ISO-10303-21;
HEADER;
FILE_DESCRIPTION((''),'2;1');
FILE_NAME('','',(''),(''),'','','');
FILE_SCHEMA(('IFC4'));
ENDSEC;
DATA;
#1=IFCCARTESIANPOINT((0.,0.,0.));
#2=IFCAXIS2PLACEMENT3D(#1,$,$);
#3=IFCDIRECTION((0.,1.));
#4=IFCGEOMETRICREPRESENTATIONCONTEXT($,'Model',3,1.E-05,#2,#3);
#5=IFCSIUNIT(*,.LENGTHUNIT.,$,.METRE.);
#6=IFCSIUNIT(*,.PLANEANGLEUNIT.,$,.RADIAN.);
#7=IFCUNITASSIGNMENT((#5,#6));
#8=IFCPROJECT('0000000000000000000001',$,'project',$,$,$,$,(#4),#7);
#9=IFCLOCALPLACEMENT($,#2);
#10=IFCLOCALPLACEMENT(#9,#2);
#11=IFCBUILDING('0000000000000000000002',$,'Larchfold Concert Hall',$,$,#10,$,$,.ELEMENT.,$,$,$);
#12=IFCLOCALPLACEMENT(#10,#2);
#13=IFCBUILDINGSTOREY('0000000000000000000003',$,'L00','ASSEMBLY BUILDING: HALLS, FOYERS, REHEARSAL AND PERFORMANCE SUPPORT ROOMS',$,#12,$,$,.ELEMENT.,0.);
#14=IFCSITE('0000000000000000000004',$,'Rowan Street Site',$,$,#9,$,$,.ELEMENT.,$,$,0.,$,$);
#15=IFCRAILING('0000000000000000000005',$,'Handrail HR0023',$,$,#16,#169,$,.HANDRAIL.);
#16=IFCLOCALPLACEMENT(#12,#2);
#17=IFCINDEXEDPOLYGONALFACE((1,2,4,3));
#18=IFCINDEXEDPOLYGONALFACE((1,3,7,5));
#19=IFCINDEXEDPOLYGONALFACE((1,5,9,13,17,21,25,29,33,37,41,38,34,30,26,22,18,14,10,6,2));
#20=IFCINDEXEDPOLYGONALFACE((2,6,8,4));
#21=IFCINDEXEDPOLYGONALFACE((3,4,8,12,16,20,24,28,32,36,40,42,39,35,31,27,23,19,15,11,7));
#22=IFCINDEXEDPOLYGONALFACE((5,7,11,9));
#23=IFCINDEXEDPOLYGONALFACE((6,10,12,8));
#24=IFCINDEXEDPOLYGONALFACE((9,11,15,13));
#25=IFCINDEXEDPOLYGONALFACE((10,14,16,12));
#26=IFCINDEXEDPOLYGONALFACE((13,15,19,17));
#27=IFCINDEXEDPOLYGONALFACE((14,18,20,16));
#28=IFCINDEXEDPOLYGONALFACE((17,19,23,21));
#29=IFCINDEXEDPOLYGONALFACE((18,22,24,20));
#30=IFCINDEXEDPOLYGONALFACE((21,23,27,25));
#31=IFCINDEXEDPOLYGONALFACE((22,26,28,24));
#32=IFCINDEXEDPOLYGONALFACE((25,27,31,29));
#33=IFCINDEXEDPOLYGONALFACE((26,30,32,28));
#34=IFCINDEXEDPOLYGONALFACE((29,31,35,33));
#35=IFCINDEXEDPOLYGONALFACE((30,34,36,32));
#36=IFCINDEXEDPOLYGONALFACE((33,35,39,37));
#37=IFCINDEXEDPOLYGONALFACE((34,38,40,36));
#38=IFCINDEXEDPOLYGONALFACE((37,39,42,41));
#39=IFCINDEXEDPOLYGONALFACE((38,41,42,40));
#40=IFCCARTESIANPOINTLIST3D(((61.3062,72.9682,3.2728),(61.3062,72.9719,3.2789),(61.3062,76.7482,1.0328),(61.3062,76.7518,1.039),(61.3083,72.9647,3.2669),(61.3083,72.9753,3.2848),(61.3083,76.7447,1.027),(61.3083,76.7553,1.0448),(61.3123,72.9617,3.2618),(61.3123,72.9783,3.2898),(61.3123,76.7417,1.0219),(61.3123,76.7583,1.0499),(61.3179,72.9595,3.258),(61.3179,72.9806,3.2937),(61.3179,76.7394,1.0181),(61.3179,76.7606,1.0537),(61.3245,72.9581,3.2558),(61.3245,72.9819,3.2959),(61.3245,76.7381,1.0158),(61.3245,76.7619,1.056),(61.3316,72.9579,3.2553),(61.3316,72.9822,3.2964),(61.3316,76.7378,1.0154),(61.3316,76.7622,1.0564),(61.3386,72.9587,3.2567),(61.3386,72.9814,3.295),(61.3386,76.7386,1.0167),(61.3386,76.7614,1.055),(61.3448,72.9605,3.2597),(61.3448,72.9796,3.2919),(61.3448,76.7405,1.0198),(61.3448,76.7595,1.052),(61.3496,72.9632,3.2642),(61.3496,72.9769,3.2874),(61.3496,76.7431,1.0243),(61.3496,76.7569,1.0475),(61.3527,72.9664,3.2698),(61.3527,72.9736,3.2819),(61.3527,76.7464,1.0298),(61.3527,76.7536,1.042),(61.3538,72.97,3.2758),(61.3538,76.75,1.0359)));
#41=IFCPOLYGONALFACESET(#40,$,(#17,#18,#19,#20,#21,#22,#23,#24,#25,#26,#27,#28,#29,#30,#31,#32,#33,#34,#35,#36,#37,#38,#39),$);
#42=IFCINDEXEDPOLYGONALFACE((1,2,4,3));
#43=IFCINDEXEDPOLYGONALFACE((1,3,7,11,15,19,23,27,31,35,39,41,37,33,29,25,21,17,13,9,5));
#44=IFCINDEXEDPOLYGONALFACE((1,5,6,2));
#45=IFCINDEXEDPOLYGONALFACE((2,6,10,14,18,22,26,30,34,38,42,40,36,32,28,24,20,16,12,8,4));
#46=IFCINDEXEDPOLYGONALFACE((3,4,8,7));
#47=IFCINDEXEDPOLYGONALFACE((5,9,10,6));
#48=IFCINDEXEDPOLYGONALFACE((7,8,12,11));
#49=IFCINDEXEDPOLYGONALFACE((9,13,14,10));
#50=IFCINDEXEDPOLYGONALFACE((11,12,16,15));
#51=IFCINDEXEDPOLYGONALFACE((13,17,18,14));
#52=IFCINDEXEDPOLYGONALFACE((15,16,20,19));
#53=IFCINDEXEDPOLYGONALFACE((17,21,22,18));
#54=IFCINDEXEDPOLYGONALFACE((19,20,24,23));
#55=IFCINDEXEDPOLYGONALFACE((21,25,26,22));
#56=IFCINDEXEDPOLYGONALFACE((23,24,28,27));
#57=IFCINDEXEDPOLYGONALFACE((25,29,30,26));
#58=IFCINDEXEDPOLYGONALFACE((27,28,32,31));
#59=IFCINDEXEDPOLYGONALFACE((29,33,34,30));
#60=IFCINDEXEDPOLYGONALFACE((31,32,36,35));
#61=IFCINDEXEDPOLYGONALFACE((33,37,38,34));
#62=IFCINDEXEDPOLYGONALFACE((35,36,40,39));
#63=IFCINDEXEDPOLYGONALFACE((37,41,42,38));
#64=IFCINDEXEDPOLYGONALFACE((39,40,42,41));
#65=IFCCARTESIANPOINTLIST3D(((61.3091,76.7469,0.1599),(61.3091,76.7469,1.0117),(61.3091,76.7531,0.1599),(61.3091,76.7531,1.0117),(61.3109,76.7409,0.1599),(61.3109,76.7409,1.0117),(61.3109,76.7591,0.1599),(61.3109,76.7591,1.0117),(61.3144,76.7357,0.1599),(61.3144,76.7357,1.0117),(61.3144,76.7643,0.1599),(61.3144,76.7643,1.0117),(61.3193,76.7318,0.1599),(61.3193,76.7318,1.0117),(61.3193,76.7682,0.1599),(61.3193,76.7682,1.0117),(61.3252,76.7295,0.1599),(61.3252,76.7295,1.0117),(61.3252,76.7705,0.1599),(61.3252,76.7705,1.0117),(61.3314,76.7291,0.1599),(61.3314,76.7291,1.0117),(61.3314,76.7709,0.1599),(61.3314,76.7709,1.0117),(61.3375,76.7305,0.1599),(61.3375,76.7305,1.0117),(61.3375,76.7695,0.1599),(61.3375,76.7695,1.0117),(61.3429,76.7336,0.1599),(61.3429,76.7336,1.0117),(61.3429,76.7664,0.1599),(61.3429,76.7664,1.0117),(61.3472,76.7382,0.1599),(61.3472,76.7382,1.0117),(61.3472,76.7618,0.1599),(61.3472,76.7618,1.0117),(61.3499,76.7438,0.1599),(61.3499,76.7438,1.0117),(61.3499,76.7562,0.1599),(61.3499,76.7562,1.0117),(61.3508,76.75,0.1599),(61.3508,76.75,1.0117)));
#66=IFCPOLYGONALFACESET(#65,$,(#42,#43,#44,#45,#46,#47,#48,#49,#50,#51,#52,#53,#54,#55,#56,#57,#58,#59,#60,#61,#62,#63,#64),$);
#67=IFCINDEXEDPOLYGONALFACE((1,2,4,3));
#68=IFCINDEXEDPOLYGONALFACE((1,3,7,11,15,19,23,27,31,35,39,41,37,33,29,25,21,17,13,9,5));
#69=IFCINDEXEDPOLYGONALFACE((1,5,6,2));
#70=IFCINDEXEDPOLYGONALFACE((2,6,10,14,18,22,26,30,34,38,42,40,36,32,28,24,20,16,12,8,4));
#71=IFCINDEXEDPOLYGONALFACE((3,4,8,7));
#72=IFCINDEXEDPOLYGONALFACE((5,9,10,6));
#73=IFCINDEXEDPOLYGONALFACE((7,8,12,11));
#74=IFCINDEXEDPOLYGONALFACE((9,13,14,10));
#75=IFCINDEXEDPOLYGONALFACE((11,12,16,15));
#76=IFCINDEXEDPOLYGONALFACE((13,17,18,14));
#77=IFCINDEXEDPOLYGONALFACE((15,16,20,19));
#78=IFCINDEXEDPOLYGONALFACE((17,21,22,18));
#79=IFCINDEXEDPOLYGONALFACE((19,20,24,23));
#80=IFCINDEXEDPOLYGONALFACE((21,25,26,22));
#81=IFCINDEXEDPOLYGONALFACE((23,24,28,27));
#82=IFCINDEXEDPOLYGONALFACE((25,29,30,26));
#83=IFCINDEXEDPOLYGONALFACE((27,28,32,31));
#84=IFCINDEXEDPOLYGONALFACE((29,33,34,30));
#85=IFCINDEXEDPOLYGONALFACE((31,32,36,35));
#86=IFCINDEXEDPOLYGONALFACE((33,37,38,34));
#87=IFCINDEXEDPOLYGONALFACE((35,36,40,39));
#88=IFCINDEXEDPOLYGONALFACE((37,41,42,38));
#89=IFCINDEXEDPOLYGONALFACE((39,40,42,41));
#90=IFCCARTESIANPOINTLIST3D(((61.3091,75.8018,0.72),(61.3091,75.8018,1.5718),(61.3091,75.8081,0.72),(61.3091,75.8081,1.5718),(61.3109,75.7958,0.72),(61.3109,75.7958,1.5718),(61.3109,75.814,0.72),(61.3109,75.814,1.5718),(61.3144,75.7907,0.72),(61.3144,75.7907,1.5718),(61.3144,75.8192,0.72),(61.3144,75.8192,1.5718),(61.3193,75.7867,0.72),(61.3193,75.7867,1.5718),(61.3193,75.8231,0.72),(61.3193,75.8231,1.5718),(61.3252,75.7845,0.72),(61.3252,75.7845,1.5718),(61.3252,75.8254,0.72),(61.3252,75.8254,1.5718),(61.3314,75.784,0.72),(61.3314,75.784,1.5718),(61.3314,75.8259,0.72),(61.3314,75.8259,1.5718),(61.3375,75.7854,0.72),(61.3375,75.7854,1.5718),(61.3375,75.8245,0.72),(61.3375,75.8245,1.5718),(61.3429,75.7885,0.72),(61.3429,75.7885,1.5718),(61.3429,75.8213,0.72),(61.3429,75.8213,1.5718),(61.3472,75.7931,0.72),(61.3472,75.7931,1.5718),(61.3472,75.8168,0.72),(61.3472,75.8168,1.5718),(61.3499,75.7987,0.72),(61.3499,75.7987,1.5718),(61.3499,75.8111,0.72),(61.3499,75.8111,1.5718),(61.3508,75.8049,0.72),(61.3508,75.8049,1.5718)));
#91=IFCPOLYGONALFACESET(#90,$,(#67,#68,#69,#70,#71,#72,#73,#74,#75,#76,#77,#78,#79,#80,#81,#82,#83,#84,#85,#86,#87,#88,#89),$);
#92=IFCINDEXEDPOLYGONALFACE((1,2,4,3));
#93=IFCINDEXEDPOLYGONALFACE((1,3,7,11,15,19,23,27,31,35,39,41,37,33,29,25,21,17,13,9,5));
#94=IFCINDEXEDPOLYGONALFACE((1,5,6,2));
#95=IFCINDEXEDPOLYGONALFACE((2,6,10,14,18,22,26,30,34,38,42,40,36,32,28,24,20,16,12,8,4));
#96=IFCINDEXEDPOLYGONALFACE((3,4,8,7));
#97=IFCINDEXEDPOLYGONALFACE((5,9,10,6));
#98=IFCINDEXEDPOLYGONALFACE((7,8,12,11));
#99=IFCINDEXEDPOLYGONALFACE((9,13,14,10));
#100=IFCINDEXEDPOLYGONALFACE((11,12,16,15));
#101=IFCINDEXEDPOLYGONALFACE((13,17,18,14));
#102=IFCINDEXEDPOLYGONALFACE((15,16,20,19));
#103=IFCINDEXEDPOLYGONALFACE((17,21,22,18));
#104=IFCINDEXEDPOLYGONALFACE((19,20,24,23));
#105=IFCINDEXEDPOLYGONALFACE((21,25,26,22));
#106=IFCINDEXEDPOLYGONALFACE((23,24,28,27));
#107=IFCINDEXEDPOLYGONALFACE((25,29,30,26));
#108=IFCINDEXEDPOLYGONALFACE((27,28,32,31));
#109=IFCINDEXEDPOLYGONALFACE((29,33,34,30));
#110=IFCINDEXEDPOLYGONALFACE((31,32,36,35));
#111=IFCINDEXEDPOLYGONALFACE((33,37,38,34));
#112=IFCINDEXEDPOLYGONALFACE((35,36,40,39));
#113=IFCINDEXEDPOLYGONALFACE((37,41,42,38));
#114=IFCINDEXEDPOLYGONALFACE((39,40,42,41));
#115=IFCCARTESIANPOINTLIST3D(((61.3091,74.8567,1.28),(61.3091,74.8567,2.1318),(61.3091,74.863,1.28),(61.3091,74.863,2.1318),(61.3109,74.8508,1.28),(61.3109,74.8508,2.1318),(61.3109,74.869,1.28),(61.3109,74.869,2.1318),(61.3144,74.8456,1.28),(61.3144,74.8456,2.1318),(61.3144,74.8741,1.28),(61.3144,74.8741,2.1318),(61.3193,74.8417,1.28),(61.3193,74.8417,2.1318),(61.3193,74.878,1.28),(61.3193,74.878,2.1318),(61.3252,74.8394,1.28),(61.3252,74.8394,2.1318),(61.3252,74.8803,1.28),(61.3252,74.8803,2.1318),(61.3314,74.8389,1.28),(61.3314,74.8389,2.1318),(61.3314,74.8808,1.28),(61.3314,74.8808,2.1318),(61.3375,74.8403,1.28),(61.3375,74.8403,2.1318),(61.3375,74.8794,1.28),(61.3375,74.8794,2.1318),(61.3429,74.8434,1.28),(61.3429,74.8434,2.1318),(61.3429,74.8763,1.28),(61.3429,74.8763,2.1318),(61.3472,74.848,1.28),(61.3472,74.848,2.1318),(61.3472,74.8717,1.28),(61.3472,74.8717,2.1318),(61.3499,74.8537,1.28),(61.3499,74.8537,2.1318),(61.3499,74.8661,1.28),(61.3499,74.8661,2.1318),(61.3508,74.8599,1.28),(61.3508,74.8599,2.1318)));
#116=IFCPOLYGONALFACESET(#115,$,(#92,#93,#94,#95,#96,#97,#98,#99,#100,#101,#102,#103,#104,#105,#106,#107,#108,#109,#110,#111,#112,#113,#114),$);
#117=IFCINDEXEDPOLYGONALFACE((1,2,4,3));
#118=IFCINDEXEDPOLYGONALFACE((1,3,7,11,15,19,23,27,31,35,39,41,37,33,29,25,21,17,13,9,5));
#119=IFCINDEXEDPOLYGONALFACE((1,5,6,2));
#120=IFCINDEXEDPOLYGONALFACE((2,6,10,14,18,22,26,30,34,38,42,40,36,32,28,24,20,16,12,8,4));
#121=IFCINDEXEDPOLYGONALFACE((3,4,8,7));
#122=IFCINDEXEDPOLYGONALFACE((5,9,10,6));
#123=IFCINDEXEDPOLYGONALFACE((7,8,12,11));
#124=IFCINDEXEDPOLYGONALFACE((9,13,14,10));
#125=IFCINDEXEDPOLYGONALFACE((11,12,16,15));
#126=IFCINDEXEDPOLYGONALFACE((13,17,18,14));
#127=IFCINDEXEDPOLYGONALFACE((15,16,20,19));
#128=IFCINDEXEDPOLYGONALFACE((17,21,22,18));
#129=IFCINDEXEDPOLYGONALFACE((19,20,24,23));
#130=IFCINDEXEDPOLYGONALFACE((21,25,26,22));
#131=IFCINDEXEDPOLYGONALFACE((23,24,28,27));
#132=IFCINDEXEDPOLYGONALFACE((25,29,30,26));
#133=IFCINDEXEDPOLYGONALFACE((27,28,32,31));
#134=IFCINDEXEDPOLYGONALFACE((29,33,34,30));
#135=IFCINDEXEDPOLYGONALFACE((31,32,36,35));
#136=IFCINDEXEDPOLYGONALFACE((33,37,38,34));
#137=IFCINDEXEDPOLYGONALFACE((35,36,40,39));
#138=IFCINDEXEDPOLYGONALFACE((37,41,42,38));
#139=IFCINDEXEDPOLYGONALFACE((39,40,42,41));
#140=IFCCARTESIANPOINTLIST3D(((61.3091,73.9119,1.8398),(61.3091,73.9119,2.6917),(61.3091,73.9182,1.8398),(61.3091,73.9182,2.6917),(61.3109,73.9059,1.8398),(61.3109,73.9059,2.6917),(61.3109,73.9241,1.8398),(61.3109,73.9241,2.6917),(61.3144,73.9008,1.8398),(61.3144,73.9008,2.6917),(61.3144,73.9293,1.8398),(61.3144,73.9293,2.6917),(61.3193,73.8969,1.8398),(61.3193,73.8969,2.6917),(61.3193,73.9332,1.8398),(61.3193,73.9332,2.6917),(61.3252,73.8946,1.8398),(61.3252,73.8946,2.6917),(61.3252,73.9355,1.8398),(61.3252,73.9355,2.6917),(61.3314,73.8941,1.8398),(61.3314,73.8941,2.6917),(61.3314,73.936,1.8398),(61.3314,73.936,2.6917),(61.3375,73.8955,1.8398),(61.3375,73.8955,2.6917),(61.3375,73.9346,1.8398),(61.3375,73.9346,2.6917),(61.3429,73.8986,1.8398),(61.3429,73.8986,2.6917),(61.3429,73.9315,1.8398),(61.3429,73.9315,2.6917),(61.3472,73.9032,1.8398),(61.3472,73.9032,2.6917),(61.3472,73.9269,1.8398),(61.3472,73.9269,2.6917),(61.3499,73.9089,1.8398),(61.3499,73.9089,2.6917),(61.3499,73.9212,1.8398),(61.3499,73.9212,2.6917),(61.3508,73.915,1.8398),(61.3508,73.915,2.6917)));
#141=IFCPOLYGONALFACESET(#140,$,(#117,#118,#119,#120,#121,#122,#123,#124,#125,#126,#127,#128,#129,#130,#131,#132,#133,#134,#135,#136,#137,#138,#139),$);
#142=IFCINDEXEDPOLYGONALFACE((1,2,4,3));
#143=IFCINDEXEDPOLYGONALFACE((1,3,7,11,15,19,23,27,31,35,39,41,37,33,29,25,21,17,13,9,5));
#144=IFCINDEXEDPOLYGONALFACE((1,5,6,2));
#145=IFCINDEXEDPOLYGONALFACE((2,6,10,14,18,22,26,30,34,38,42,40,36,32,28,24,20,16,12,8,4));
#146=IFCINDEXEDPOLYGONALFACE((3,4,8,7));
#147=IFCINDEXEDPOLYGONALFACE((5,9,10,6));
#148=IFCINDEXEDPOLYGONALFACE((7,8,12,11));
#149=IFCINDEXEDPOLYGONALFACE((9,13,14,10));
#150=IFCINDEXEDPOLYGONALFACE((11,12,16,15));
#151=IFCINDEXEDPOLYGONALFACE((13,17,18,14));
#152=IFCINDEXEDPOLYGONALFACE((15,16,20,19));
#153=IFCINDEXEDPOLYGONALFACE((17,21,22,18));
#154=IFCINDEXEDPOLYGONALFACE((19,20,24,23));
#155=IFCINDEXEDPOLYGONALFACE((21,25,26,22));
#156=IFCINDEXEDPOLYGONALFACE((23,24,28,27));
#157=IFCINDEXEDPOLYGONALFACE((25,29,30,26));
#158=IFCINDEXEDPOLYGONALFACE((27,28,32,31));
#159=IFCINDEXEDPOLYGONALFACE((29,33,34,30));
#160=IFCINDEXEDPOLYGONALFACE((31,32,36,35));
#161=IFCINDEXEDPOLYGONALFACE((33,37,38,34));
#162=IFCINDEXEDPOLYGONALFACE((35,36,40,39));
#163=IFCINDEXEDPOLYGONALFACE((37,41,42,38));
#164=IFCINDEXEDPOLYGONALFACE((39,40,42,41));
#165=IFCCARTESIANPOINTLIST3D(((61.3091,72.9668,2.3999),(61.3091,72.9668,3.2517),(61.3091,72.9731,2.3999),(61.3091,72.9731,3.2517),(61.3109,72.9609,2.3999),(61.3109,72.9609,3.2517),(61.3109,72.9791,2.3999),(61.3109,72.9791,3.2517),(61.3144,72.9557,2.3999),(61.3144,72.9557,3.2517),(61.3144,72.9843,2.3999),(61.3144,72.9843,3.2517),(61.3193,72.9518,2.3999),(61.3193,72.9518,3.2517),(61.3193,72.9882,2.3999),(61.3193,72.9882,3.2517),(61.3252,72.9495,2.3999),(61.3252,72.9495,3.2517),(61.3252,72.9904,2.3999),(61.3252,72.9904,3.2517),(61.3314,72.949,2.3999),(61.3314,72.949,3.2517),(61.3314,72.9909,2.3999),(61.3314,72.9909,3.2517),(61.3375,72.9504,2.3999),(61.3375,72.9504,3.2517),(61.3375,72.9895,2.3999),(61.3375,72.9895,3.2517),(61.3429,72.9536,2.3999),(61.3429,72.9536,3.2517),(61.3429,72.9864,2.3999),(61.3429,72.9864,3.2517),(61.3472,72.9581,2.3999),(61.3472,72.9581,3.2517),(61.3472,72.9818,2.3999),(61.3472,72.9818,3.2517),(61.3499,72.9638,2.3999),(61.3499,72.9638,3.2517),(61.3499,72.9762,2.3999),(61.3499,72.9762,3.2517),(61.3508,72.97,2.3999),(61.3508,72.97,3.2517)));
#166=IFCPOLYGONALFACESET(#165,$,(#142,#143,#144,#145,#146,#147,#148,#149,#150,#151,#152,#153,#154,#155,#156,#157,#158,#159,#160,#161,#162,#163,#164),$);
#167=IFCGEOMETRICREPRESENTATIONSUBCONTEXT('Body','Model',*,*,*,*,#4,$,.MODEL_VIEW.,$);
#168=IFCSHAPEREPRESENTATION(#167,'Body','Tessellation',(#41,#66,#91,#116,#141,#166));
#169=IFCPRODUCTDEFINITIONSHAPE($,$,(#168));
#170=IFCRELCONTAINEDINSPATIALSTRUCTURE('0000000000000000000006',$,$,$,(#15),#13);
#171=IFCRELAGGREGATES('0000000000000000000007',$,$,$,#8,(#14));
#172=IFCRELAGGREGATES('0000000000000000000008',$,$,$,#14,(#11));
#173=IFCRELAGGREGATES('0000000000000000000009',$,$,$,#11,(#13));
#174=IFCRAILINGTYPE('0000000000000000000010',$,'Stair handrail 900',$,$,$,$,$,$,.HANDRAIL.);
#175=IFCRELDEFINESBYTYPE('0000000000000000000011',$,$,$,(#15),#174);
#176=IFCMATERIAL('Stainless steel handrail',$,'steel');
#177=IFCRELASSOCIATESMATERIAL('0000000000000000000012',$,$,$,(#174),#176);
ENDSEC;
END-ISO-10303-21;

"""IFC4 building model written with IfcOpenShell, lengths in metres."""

from ifc_helpers import new_model, si_unit, direction, frame, origin, origin_2d, place, context, subcontext, project, spatial, circle, extrude, material, type_object, element, save


model = new_model("IFC4")

# Units and contexts
model_context = context("Model", 3, precision=1e-05, world=origin(), true_north=direction((0.0, 1.0)))
body_context = subcontext(model_context, "Body", "Model", "MODEL_VIEW")
ifc_project = project(units=[si_unit("LENGTHUNIT", "METRE"), si_unit("PLANEANGLEUNIT", "RADIAN")], contexts=[model_context])

# Site, building, storey
site_placement = place(None, origin())
site = spatial("IfcSite", under=ifc_project, at=site_placement, Name="Rowan Street Site", CompositionType="ELEMENT", RefElevation=0.0)
building_placement = place(site_placement, origin())
building = spatial("IfcBuilding", under=site, at=building_placement, Name="Larchfold Concert Hall", CompositionType="ELEMENT")
storey_placement = place(building_placement, origin())
storey = spatial("IfcBuildingStorey", under=building, at=storey_placement, Name="L00", Description="ASSEMBLY BUILDING: HALLS, FOYERS, REHEARSAL AND PERFORMANCE SUPPORT ROOMS", CompositionType="ELEMENT", Elevation=0.0)

# Railing
ifc_material_1 = material(Name="Stainless steel handrail", Category="steel")
railing_type_1 = type_object("IfcRailingType", Name="Stair handrail 900", PredefinedType="HANDRAIL", material=ifc_material_1)
for number, where, name in (
    (1, (61.3298, 76.75, 0.1599), "Handrail HR0023"),
):
    element("IfcRailing", number, at=place(storey_placement, frame(where)), inside=storey, type_object=railing_type_1, Name=name, PredefinedType="HANDRAIL", context=body_context, shape_type="SweptSolid", body=[
        extrude(circle(Radius=0.0239, at=origin_2d()), frame((0.0, 0.0, 0.876), z_axis=(0.0, -0.860294, 0.509798), x_axis=(1.0, 0.0, 0.0)), (0.0, 0.0, 1.0), 4.3938),
        extrude(circle(Radius=0.021, at=origin_2d()), origin(), (0.0, 0.0, 1.0), 0.8518),
        extrude(circle(Radius=0.021, at=origin_2d()), frame((0.0, -0.9451, 0.5601)), (0.0, 0.0, 1.0), 0.8518),
        extrude(circle(Radius=0.021, at=origin_2d()), frame((0.0, -1.8901, 1.1201)), (0.0, 0.0, 1.0), 0.8518),
        extrude(circle(Radius=0.021, at=origin_2d()), frame((0.0, -2.835, 1.6799)), (0.0, 0.0, 1.0), 0.8518),
        extrude(circle(Radius=0.021, at=origin_2d()), frame((0.0, -3.78, 2.24)), (0.0, 0.0, 1.0), 0.8518),
    ])

save(model, "model.ifc")
